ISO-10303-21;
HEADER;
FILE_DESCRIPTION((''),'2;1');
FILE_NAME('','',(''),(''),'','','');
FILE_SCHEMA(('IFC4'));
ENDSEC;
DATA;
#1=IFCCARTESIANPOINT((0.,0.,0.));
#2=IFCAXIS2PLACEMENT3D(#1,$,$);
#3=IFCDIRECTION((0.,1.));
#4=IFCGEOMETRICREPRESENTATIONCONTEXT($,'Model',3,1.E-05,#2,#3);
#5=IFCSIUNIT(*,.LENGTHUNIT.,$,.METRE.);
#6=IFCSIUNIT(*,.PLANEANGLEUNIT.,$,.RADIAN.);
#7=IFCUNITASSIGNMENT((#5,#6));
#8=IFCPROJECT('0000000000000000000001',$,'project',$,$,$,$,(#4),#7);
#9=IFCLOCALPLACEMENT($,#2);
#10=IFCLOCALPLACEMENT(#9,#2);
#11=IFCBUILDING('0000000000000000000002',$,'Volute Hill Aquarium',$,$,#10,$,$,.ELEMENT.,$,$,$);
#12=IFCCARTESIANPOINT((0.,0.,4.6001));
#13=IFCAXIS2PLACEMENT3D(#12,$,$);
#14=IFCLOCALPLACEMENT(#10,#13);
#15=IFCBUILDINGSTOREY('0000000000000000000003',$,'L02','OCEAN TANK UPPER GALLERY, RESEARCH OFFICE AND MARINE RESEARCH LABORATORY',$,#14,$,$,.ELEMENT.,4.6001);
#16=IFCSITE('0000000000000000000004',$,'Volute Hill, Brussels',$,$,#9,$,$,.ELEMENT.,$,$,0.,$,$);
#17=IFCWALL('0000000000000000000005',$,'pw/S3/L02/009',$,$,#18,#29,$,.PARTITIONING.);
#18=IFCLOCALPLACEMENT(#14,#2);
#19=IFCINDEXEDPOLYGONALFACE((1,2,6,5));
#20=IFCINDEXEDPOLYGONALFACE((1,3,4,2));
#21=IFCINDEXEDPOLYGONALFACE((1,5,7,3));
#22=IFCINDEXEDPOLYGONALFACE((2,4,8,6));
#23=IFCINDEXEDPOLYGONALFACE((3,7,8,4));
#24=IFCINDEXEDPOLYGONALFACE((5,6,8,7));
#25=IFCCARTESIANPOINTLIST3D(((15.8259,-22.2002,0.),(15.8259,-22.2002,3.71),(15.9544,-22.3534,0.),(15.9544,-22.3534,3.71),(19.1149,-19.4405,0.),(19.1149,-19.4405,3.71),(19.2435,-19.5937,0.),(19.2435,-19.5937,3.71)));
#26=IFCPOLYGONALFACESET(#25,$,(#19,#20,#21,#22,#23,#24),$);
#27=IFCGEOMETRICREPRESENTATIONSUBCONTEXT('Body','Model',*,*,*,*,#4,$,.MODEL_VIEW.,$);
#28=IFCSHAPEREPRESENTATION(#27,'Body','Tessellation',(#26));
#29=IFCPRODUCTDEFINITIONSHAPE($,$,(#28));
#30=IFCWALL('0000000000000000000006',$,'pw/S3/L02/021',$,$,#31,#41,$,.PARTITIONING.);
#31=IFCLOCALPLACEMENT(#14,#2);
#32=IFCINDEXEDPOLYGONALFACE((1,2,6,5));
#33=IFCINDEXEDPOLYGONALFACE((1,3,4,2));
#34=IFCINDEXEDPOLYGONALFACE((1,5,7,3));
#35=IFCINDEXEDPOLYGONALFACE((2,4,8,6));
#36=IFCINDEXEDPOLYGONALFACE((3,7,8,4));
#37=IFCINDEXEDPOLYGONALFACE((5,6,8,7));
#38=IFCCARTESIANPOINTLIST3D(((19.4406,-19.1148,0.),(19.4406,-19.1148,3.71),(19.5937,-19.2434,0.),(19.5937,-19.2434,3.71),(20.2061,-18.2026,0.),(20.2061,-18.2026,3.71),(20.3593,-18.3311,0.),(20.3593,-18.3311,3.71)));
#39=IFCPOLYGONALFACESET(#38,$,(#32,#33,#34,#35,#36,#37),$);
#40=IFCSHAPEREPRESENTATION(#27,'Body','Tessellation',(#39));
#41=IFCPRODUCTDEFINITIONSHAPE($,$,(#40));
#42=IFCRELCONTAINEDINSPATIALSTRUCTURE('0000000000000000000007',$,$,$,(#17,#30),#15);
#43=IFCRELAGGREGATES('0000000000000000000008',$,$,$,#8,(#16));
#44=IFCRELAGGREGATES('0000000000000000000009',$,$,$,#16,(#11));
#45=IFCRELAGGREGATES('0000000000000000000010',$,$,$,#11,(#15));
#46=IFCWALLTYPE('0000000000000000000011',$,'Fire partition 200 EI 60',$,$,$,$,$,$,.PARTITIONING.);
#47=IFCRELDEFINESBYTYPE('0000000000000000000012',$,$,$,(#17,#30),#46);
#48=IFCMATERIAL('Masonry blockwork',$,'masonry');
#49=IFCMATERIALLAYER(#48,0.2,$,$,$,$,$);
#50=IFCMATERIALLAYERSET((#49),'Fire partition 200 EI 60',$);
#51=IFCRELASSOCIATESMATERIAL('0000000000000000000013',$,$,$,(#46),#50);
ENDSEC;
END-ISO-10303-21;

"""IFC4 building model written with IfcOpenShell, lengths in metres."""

from ifc_helpers import new_model, si_unit, direction, frame, frame_2d, origin, place, context, subcontext, project, spatial, rectangle, extrude, material, layer, layer_set, type_object, element, save


model = new_model("IFC4")

# Units and contexts
model_context = context("Model", 3, precision=1e-05, world=origin(), true_north=direction((0.0, 1.0)))
body_context = subcontext(model_context, "Body", "Model", "MODEL_VIEW")
ifc_project = project(units=[si_unit("LENGTHUNIT", "METRE"), si_unit("PLANEANGLEUNIT", "RADIAN")], contexts=[model_context])

# Site, building, storey
site_placement = place(None, origin())
site = spatial("IfcSite", under=ifc_project, at=site_placement, Name="Volute Hill, Brussels", CompositionType="ELEMENT", RefElevation=0.0)
building_placement = place(site_placement, origin())
building = spatial("IfcBuilding", under=site, at=building_placement, Name="Volute Hill Aquarium", CompositionType="ELEMENT")
storey_placement = place(building_placement, frame((0.0, 0.0, 4.6001)))
storey = spatial("IfcBuildingStorey", under=building, at=storey_placement, Name="L02", Description="OCEAN TANK UPPER GALLERY, RESEARCH OFFICE AND MARINE RESEARCH LABORATORY", CompositionType="ELEMENT", Elevation=4.6001)

# Walls
ifc_material_1 = material(Name="Masonry blockwork", Category="masonry")
ifc_layer_1 = layer(ifc_material_1, 0.2)
ifc_layer_set_1 = layer_set([ifc_layer_1], Name="Fire partition 200 EI 60")
wall_type_1 = type_object("IfcWallType", Name="Fire partition 200 EI 60", PredefinedType="PARTITIONING", material=ifc_layer_set_1)
wall_1_placement = place(storey_placement, frame((19.1792, -19.5171, 0.0), z_axis=(0.0, 0.0, 1.0), x_axis=(-0.766054, -0.642776, 0.0)))
element("IfcWall", 1, at=wall_1_placement, inside=storey, type_object=wall_type_1, Name="pw/S3/L02/009", PredefinedType="PARTITIONING", context=body_context, shape_type="SweptSolid", body=[
    extrude(rectangle(XDim=4.2935, YDim=0.2, at=frame_2d((2.1467, 0.0))), origin(), (0.0, 0.0, 1.0), 3.71),
])
wall_2_placement = place(storey_placement, frame((20.2827, -18.2668, 0.0), z_axis=(0.0, 0.0, 1.0), x_axis=(-0.642822, -0.766016, 0.0)))
element("IfcWall", 2, at=wall_2_placement, inside=storey, type_object=wall_type_1, Name="pw/S3/L02/021", PredefinedType="PARTITIONING", context=body_context, shape_type="SweptSolid", body=[
    extrude(rectangle(XDim=1.1909, YDim=0.2, at=frame_2d((0.5955, 0.0))), origin(), (0.0, 0.0, 1.0), 3.71),
])

save(model, "model.ifc")
